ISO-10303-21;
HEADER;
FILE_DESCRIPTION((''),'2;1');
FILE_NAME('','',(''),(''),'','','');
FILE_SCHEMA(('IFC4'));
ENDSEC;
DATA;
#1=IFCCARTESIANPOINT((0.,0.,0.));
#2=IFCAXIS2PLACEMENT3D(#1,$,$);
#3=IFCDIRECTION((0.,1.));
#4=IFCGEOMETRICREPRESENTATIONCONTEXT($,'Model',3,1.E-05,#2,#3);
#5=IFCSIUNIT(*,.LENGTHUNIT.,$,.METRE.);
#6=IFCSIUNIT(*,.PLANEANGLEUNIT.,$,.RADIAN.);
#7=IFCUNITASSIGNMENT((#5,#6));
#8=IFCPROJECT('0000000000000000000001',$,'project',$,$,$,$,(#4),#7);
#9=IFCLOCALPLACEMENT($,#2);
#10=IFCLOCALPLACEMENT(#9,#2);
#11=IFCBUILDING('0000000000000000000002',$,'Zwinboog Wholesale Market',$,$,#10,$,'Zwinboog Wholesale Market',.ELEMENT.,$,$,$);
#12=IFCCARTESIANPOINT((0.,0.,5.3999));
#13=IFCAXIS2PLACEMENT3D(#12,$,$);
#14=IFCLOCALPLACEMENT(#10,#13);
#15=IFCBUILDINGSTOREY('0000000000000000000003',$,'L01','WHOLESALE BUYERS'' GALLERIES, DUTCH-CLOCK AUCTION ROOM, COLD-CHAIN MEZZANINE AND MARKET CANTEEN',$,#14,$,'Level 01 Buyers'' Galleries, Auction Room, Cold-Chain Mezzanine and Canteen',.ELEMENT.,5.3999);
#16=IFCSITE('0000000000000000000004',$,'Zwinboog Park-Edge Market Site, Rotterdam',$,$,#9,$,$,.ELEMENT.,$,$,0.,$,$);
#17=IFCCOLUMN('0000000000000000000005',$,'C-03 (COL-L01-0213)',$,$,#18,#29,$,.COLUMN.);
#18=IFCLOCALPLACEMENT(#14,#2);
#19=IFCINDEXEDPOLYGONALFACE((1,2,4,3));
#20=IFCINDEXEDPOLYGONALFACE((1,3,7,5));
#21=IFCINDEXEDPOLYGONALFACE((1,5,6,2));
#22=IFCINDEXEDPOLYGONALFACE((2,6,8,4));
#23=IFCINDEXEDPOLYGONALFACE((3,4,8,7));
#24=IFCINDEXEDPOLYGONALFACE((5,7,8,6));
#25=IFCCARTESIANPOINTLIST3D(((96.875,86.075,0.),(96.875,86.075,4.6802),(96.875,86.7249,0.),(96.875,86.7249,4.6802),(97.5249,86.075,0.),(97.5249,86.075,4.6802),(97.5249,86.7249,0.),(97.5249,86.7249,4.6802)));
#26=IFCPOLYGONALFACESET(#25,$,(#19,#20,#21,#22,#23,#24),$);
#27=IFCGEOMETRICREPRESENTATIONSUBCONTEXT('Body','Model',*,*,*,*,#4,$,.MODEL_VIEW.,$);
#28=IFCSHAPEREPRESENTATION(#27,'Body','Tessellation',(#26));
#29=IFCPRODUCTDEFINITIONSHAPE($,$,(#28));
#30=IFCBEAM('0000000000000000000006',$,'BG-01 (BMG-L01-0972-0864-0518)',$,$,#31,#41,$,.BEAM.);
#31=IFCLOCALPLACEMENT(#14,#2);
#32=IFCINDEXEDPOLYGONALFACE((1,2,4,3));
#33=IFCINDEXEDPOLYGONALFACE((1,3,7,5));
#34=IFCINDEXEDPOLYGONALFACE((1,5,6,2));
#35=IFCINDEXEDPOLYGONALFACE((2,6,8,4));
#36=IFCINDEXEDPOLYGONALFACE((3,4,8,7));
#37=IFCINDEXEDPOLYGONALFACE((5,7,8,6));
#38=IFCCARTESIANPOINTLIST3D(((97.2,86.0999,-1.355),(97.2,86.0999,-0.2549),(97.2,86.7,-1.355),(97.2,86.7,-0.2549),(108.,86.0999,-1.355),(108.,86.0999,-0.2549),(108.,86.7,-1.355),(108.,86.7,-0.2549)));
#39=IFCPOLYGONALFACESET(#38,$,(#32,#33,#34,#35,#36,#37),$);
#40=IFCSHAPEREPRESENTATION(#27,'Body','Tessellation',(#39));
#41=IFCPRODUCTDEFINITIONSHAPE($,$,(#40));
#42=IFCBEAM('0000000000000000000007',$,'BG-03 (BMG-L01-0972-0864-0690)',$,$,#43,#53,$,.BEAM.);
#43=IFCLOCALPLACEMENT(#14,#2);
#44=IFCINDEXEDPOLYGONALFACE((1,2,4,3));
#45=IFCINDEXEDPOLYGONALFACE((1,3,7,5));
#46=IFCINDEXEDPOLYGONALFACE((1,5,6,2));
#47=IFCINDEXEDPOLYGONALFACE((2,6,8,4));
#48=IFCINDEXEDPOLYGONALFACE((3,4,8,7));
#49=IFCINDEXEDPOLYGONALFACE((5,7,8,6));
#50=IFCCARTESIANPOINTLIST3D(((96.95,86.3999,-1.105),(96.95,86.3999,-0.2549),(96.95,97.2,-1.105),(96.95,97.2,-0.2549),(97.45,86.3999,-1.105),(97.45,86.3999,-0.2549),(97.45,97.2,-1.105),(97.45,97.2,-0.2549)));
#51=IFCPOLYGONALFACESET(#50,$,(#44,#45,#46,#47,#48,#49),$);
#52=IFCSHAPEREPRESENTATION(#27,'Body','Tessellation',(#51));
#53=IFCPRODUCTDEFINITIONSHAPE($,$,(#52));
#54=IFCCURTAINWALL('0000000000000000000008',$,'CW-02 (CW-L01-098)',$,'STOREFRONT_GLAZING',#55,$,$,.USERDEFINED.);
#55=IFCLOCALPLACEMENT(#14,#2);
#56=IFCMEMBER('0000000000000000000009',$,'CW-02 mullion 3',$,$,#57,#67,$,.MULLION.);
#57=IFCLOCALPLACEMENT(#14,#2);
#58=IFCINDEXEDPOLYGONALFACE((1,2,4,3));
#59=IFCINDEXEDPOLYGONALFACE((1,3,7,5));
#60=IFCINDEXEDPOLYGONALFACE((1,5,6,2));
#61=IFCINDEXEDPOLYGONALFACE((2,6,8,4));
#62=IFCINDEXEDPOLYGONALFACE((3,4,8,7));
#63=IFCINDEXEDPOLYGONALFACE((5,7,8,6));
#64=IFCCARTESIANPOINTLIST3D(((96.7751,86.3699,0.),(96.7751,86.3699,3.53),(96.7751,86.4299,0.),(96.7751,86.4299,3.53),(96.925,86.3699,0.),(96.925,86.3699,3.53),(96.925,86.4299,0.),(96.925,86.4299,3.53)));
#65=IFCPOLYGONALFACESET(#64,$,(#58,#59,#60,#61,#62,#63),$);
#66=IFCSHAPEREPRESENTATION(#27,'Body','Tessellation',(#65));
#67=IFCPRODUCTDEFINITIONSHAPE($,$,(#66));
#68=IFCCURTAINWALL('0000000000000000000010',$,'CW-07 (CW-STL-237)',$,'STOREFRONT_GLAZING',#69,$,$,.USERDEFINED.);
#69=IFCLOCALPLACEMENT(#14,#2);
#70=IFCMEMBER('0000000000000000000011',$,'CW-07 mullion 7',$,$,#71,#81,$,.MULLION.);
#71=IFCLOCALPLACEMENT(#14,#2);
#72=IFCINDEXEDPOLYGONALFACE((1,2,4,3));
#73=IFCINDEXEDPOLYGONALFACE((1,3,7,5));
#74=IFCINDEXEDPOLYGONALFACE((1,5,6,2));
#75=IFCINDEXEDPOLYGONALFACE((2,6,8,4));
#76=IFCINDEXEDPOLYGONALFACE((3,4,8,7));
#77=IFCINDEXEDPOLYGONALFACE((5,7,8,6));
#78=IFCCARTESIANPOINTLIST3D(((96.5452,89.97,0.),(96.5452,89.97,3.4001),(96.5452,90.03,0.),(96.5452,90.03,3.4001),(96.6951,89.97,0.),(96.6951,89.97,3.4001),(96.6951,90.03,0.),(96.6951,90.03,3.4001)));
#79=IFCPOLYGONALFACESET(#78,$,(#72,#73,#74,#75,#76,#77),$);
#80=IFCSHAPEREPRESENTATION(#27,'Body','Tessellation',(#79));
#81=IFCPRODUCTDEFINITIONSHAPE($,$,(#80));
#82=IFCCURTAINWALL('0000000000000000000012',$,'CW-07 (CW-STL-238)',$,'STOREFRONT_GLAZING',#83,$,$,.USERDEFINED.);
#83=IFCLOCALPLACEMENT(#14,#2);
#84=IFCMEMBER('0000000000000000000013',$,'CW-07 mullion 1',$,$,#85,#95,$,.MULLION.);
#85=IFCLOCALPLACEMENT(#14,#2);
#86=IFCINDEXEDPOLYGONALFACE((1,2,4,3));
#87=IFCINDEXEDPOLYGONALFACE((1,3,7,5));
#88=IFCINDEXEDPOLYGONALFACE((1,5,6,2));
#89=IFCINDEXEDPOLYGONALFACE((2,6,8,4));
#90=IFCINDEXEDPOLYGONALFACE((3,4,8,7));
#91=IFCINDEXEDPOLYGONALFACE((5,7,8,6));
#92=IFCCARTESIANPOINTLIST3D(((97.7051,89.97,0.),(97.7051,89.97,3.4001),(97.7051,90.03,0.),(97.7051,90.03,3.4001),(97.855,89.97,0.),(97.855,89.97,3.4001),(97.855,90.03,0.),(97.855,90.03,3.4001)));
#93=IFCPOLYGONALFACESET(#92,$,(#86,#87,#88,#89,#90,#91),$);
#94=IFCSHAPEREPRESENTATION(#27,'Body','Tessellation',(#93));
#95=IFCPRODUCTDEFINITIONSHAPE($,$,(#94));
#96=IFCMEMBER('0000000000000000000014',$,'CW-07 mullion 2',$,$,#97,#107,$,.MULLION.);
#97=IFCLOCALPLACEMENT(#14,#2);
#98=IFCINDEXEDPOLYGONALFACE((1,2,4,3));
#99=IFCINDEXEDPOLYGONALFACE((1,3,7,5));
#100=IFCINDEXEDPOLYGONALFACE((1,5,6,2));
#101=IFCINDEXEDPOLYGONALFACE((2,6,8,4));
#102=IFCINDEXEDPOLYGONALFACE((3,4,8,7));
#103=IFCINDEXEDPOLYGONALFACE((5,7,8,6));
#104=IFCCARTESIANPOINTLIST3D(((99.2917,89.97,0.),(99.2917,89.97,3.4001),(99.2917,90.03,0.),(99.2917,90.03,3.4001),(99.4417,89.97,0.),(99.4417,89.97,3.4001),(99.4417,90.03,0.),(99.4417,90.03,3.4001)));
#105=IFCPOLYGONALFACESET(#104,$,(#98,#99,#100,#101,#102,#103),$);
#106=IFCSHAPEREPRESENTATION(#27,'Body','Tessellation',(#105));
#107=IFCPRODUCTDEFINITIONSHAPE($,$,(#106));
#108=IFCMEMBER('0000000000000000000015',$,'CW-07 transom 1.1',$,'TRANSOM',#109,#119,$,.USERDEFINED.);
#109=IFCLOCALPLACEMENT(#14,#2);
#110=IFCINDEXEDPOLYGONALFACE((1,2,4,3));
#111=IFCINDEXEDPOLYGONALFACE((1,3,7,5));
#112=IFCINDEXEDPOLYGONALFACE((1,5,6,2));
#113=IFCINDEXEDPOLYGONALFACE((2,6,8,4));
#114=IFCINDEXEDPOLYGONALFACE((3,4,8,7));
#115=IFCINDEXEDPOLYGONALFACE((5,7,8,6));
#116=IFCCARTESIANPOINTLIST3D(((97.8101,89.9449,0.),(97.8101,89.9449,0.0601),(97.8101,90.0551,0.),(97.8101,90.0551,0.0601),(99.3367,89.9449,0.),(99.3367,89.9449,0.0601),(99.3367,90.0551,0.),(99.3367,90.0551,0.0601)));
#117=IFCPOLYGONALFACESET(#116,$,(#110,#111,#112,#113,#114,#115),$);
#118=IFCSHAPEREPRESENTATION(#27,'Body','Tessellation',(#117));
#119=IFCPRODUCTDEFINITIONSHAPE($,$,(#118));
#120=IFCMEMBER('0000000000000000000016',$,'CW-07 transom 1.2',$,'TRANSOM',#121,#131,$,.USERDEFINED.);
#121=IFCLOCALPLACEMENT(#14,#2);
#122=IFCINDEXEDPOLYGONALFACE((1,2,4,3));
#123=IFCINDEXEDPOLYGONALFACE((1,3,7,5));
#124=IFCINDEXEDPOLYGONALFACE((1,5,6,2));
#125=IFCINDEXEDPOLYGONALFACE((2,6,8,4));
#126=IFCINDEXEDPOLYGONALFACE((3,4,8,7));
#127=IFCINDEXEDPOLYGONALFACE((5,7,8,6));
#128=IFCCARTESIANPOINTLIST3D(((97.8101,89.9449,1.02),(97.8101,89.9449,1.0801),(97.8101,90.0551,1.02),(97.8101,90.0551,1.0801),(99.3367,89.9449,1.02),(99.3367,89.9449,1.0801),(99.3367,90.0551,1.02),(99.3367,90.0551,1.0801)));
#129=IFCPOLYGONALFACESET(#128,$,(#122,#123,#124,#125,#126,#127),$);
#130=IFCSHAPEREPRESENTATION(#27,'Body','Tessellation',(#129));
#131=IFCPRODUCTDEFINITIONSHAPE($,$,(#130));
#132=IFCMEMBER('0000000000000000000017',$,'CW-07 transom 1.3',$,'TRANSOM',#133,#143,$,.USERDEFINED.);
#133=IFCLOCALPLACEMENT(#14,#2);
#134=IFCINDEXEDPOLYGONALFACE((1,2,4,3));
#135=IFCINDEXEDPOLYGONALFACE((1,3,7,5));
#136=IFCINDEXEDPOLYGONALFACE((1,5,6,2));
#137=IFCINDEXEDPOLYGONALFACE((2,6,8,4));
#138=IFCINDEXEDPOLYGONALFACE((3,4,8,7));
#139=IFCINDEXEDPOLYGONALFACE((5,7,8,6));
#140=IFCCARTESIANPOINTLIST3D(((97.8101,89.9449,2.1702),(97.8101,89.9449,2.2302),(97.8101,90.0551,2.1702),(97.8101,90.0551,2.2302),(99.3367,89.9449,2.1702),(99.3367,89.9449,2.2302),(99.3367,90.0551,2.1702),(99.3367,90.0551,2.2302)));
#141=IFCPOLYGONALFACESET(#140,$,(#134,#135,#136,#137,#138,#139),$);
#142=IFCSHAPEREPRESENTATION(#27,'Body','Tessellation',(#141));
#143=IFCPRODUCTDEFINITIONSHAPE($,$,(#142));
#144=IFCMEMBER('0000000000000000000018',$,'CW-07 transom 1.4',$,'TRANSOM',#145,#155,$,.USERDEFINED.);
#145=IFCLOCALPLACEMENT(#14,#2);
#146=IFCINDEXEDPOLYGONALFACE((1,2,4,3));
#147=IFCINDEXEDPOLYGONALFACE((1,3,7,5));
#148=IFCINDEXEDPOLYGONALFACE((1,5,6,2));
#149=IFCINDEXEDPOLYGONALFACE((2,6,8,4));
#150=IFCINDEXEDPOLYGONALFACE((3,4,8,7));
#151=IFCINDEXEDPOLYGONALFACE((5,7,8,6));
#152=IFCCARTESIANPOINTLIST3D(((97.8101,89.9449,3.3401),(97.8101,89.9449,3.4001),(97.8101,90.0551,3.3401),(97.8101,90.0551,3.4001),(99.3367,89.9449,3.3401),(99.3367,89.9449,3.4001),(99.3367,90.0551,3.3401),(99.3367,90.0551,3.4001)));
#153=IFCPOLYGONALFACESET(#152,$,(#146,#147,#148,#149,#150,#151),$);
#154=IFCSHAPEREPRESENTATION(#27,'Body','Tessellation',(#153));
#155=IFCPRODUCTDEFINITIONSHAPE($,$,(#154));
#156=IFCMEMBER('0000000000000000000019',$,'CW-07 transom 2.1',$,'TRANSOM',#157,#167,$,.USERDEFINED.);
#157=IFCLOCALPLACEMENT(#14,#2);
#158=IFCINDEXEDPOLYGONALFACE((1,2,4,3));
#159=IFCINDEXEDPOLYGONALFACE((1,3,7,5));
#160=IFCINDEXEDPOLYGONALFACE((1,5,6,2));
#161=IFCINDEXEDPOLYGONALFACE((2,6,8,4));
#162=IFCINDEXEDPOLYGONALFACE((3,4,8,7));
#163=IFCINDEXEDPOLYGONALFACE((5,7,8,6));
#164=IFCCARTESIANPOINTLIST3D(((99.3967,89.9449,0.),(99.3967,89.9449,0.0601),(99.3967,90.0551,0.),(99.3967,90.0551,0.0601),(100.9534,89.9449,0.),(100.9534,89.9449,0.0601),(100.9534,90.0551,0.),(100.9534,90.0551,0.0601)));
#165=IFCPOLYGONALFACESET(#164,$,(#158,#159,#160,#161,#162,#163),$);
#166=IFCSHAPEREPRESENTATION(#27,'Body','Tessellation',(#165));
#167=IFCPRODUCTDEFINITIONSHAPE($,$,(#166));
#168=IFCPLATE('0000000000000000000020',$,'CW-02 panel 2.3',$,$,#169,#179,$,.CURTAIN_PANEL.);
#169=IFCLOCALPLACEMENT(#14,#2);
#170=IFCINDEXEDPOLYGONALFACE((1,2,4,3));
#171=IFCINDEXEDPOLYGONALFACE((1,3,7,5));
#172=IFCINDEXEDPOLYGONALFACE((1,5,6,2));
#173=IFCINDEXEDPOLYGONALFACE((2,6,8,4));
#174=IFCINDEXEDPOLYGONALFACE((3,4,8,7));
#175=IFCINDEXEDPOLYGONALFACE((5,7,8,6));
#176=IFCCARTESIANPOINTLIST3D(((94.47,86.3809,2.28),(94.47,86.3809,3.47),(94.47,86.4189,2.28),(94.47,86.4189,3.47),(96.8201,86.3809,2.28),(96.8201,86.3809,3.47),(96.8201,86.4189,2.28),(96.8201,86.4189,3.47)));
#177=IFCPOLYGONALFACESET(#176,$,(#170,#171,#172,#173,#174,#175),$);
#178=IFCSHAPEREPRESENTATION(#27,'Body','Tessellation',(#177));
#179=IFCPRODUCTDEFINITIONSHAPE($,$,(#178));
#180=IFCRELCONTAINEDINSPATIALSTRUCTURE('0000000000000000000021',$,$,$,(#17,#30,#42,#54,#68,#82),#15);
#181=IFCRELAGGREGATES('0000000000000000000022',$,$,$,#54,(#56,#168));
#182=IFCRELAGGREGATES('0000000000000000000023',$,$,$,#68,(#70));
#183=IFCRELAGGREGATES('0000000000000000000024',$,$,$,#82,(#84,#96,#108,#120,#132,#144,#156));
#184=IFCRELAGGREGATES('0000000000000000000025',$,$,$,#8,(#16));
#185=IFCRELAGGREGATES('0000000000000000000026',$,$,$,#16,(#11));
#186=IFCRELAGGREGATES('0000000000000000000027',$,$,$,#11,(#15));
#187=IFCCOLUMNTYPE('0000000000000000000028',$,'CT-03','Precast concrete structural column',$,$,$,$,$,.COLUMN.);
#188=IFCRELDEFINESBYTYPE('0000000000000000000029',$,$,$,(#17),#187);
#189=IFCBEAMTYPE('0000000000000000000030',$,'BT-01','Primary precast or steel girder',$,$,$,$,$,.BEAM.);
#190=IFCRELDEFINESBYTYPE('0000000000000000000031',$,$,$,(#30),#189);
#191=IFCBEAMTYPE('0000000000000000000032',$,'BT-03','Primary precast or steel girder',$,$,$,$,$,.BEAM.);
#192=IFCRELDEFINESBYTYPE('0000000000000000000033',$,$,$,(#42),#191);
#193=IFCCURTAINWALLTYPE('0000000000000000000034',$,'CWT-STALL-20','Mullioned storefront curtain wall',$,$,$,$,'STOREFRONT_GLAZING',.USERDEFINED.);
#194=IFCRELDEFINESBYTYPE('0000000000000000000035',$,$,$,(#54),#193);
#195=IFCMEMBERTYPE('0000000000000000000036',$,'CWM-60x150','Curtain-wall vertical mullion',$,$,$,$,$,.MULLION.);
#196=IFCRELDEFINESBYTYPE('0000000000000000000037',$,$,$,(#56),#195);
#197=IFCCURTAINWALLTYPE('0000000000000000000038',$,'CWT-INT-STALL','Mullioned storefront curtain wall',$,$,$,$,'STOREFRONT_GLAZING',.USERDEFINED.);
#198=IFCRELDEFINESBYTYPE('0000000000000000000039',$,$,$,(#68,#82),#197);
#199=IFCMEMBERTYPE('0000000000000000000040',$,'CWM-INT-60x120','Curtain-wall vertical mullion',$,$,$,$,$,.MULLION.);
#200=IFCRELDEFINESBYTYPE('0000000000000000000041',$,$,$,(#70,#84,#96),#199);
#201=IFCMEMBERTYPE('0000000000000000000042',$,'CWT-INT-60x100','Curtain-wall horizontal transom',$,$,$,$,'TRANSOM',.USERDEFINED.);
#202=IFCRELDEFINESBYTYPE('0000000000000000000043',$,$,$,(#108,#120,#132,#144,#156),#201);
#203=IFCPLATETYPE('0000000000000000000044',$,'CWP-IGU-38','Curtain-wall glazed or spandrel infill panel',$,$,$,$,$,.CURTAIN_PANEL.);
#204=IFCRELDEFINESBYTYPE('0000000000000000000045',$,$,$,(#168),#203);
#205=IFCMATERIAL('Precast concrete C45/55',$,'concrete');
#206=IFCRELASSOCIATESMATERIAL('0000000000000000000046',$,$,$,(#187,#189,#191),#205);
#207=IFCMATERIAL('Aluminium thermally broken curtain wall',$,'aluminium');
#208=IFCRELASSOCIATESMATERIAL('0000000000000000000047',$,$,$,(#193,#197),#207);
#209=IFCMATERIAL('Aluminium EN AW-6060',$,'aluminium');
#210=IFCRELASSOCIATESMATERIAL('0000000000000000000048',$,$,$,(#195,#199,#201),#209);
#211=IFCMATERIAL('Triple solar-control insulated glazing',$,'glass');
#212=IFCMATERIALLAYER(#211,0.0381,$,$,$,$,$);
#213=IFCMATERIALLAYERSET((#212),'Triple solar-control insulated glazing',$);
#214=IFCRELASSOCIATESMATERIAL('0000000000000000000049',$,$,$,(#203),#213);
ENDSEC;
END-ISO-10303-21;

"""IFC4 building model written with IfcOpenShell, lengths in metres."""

from ifc_helpers import new_model, si_unit, direction, frame, origin, origin_2d, place, context, subcontext, project, spatial, rectangle, extrude, material, layer, layer_set, material_profile, profile_set, type_object, element, aggregate, save


model = new_model("IFC4")

# Units and contexts
model_context = context("Model", 3, precision=1e-05, world=origin(), true_north=direction((0.0, 1.0)))
body_context = subcontext(model_context, "Body", "Model", "MODEL_VIEW")
ifc_project = project(units=[si_unit("LENGTHUNIT", "METRE"), si_unit("PLANEANGLEUNIT", "RADIAN")], contexts=[model_context])

# Site, building, storey
site_placement = place(None, origin())
site = spatial("IfcSite", under=ifc_project, at=site_placement, Name="Zwinboog Park-Edge Market Site, Rotterdam", CompositionType="ELEMENT", RefElevation=0.0)
building_placement = place(site_placement, origin())
building = spatial("IfcBuilding", under=site, at=building_placement, Name="Zwinboog Wholesale Market", LongName="Zwinboog Wholesale Market", CompositionType="ELEMENT")
storey_placement = place(building_placement, frame((0.0, 0.0, 5.3999)))
storey = spatial("IfcBuildingStorey", under=building, at=storey_placement, Name="L01", Description="WHOLESALE BUYERS' GALLERIES, DUTCH-CLOCK AUCTION ROOM, COLD-CHAIN MEZZANINE AND MARKET CANTEEN", LongName="Level 01 Buyers' Galleries, Auction Room, Cold-Chain Mezzanine and Canteen", CompositionType="ELEMENT", Elevation=5.3999)

# Column
ifc_material_1 = material(Name="Precast concrete C45/55", Category="concrete")
ifc_material_profile_1 = material_profile(ifc_material_1, rectangle(XDim=0.6499, YDim=0.6499, at=origin_2d()), Name="PC 650x650")
ifc_profile_set_1 = profile_set([ifc_material_profile_1], Name="Precast concrete C45/55")
column_type = type_object("IfcColumnType", Name="CT-03", Description="Precast concrete structural column", PredefinedType="COLUMN", material=ifc_profile_set_1)
column_placement = place(storey_placement, frame((97.2, 86.3999, 0.0), z_axis=(0.0, 0.0, 1.0), x_axis=(1.0, 0.0, 0.0)))
element("IfcColumn", 1, at=column_placement, inside=storey, type_object=column_type, Name="C-03 (COL-L01-0213)", PredefinedType="COLUMN", context=body_context, shape_type="SweptSolid", body=[
    extrude(rectangle(XDim=0.6499, YDim=0.6499, at=origin_2d()), origin(), (0.0, 0.0, 1.0), 4.6802),
])

# Beams
ifc_material_profile_2 = material_profile(ifc_material_1, rectangle(XDim=0.6001, YDim=1.1001, at=origin_2d()), Name="PC 600x1100")
ifc_profile_set_2 = profile_set([ifc_material_profile_2], Name="Precast concrete C45/55")
beam_type_1 = type_object("IfcBeamType", Name="BT-01", Description="Primary precast or steel girder", PredefinedType="BEAM", material=ifc_profile_set_2)
beam_1_placement = place(storey_placement, frame((97.2, 86.3999, -0.8049), z_axis=(1.0, 0.0, 0.0), x_axis=(0.0, 1.0, 0.0)))
element("IfcBeam", 2, at=beam_1_placement, inside=storey, type_object=beam_type_1, Name="BG-01 (BMG-L01-0972-0864-0518)", PredefinedType="BEAM", context=body_context, shape_type="SweptSolid", body=[
    extrude(rectangle(XDim=0.6001, YDim=1.1001, at=origin_2d()), origin(), (0.0, 0.0, 1.0), 10.8),
])
ifc_material_profile_3 = material_profile(ifc_material_1, rectangle(XDim=0.5, YDim=0.8501, at=origin_2d()), Name="PC 500x850")
ifc_profile_set_3 = profile_set([ifc_material_profile_3], Name="Precast concrete C45/55")
beam_type_2 = type_object("IfcBeamType", Name="BT-03", Description="Primary precast or steel girder", PredefinedType="BEAM", material=ifc_profile_set_3)
beam_2_placement = place(storey_placement, frame((97.2, 86.3999, -0.6799), z_axis=(0.0, 1.0, 0.0), x_axis=(-1.0, 0.0, 0.0)))
element("IfcBeam", 3, at=beam_2_placement, inside=storey, type_object=beam_type_2, Name="BG-03 (BMG-L01-0972-0864-0690)", PredefinedType="BEAM", context=body_context, shape_type="SweptSolid", body=[
    extrude(rectangle(XDim=0.5, YDim=0.8501, at=origin_2d()), origin(), (0.0, 0.0, 1.0), 10.8),
])

# Curtain walls, members
ifc_material_2 = material(Name="Aluminium thermally broken curtain wall", Category="aluminium")
curtain_wall_type_1 = type_object("IfcCurtainWallType", Name="CWT-STALL-20", Description="Mullioned storefront curtain wall", ElementType="STOREFRONT_GLAZING", PredefinedType="USERDEFINED", material=ifc_material_2)
curtain_wall_1_placement = place(storey_placement, origin())
curtain_wall_1 = element("IfcCurtainWall", 4, at=curtain_wall_1_placement, inside=storey, type_object=curtain_wall_type_1, Name="CW-02 (CW-L01-098)", ObjectType="STOREFRONT_GLAZING", PredefinedType="USERDEFINED")
ifc_material_3 = material(Name="Aluminium EN AW-6060", Category="aluminium")
ifc_material_profile_4 = material_profile(ifc_material_3, rectangle(XDim=0.0601, YDim=0.1499, at=origin_2d()), Name="AL 60x150")
ifc_profile_set_4 = profile_set([ifc_material_profile_4], Name="Aluminium EN AW-6060")
member_type_1 = type_object("IfcMemberType", Name="CWM-60x150", Description="Curtain-wall vertical mullion", PredefinedType="MULLION", material=ifc_profile_set_4)
member_1_placement = place(storey_placement, frame((96.8501, 86.3999, 0.0), z_axis=(0.0, 0.0, 1.0), x_axis=(0.0, 1.0, 0.0)))
member_1 = element("IfcMember", 5, at=member_1_placement, type_object=member_type_1, Name="CW-02 mullion 3", PredefinedType="MULLION", context=body_context, shape_type="SweptSolid", body=[
    extrude(rectangle(XDim=0.0601, YDim=0.1499, at=origin_2d()), origin(), (0.0, 0.0, 1.0), 3.53),
])
curtain_wall_type_2 = type_object("IfcCurtainWallType", Name="CWT-INT-STALL", Description="Mullioned storefront curtain wall", ElementType="STOREFRONT_GLAZING", PredefinedType="USERDEFINED", material=ifc_material_2)
curtain_wall_2_placement = place(storey_placement, origin())
curtain_wall_2 = element("IfcCurtainWall", 6, at=curtain_wall_2_placement, inside=storey, type_object=curtain_wall_type_2, Name="CW-07 (CW-STL-237)", ObjectType="STOREFRONT_GLAZING", PredefinedType="USERDEFINED")
ifc_material_profile_5 = material_profile(ifc_material_3, rectangle(XDim=0.0601, YDim=0.1499, at=origin_2d()), Name="AL 60x150")
ifc_profile_set_5 = profile_set([ifc_material_profile_5], Name="Aluminium EN AW-6060")
member_type_2 = type_object("IfcMemberType", Name="CWM-INT-60x120", Description="Curtain-wall vertical mullion", PredefinedType="MULLION", material=ifc_profile_set_5)
member_2_placement = place(storey_placement, frame((96.6201, 90.0, 0.0), z_axis=(0.0, 0.0, 1.0), x_axis=(0.0, 1.0, 0.0)))
member_2 = element("IfcMember", 7, at=member_2_placement, type_object=member_type_2, Name="CW-07 mullion 7", PredefinedType="MULLION", context=body_context, shape_type="SweptSolid", body=[
    extrude(rectangle(XDim=0.0601, YDim=0.1499, at=origin_2d()), origin(), (0.0, 0.0, 1.0), 3.4001),
])

# Curtain wall, members
curtain_wall_3_placement = place(storey_placement, origin())
curtain_wall_3 = element("IfcCurtainWall", 8, at=curtain_wall_3_placement, inside=storey, type_object=curtain_wall_type_2, Name="CW-07 (CW-STL-238)", ObjectType="STOREFRONT_GLAZING", PredefinedType="USERDEFINED")
member_3_placement = place(storey_placement, frame((97.78, 90.0, 0.0), z_axis=(0.0, 0.0, 1.0), x_axis=(0.0, 1.0, 0.0)))
member_3 = element("IfcMember", 9, at=member_3_placement, type_object=member_type_2, Name="CW-07 mullion 1", PredefinedType="MULLION", context=body_context, shape_type="SweptSolid", body=[
    extrude(rectangle(XDim=0.0601, YDim=0.1499, at=origin_2d()), origin(), (0.0, 0.0, 1.0), 3.4001),
])
member_4_placement = place(storey_placement, frame((99.3667, 90.0, 0.0), z_axis=(0.0, 0.0, 1.0), x_axis=(0.0, 1.0, 0.0)))
member_4 = element("IfcMember", 10, at=member_4_placement, type_object=member_type_2, Name="CW-07 mullion 2", PredefinedType="MULLION", context=body_context, shape_type="SweptSolid", body=[
    extrude(rectangle(XDim=0.0601, YDim=0.1499, at=origin_2d()), origin(), (0.0, 0.0, 1.0), 3.4001),
])
ifc_material_profile_6 = material_profile(ifc_material_3, rectangle(XDim=0.1101, YDim=0.0601, at=origin_2d()), Name="AL 60x110")
ifc_profile_set_6 = profile_set([ifc_material_profile_6], Name="Aluminium EN AW-6060")
member_type_3 = type_object("IfcMemberType", Name="CWT-INT-60x100", Description="Curtain-wall horizontal transom", ElementType="TRANSOM", PredefinedType="USERDEFINED", material=ifc_profile_set_6)
member_5_placement = place(storey_placement, frame((97.8101, 90.0, 0.03), z_axis=(1.0, 0.0, 0.0), x_axis=(0.0, 1.0, 0.0)))
member_5 = element("IfcMember", 11, at=member_5_placement, type_object=member_type_3, Name="CW-07 transom 1.1", ObjectType="TRANSOM", PredefinedType="USERDEFINED", context=body_context, shape_type="SweptSolid", body=[
    extrude(rectangle(XDim=0.1101, YDim=0.0601, at=origin_2d()), origin(), (0.0, 0.0, 1.0), 1.5266),
])
member_6_placement = place(storey_placement, frame((97.8101, 90.0, 1.05), z_axis=(1.0, 0.0, 0.0), x_axis=(0.0, 1.0, 0.0)))
member_6 = element("IfcMember", 12, at=member_6_placement, type_object=member_type_3, Name="CW-07 transom 1.2", ObjectType="TRANSOM", PredefinedType="USERDEFINED", context=body_context, shape_type="SweptSolid", body=[
    extrude(rectangle(XDim=0.1101, YDim=0.0601, at=origin_2d()), origin(), (0.0, 0.0, 1.0), 1.5266),
])
member_7_placement = place(storey_placement, frame((97.8101, 90.0, 2.2002), z_axis=(1.0, 0.0, 0.0), x_axis=(0.0, 1.0, 0.0)))
member_7 = element("IfcMember", 13, at=member_7_placement, type_object=member_type_3, Name="CW-07 transom 1.3", ObjectType="TRANSOM", PredefinedType="USERDEFINED", context=body_context, shape_type="SweptSolid", body=[
    extrude(rectangle(XDim=0.1101, YDim=0.0601, at=origin_2d()), origin(), (0.0, 0.0, 1.0), 1.5266),
])
member_8_placement = place(storey_placement, frame((97.8101, 90.0, 3.3701), z_axis=(1.0, 0.0, 0.0), x_axis=(0.0, 1.0, 0.0)))
member_8 = element("IfcMember", 14, at=member_8_placement, type_object=member_type_3, Name="CW-07 transom 1.4", ObjectType="TRANSOM", PredefinedType="USERDEFINED", context=body_context, shape_type="SweptSolid", body=[
    extrude(rectangle(XDim=0.1101, YDim=0.0601, at=origin_2d()), origin(), (0.0, 0.0, 1.0), 1.5266),
])
member_9_placement = place(storey_placement, frame((99.3967, 90.0, 0.03), z_axis=(1.0, 0.0, 0.0), x_axis=(0.0, 1.0, 0.0)))
member_9 = element("IfcMember", 15, at=member_9_placement, type_object=member_type_3, Name="CW-07 transom 2.1", ObjectType="TRANSOM", PredefinedType="USERDEFINED", context=body_context, shape_type="SweptSolid", body=[
    extrude(rectangle(XDim=0.1101, YDim=0.0601, at=origin_2d()), origin(), (0.0, 0.0, 1.0), 1.5566),
])

# Plate
ifc_material_4 = material(Name="Triple solar-control insulated glazing", Category="glass")
ifc_layer_1 = layer(ifc_material_4, 0.0381)
ifc_layer_set_1 = layer_set([ifc_layer_1], Name="Triple solar-control insulated glazing")
plate_type_1 = type_object("IfcPlateType", Name="CWP-IGU-38", Description="Curtain-wall glazed or spandrel infill panel", PredefinedType="CURTAIN_PANEL", material=ifc_layer_set_1)
plate_1_placement = place(storey_placement, frame((95.645, 86.3999, 2.28), z_axis=(0.0, 0.0, 1.0), x_axis=(1.0, 0.0, 0.0)))
plate_1 = element("IfcPlate", 16, at=plate_1_placement, type_object=plate_type_1, Name="CW-02 panel 2.3", PredefinedType="CURTAIN_PANEL", context=body_context, shape_type="SweptSolid", body=[
    extrude(rectangle(XDim=2.3501, YDim=0.0381, at=origin_2d()), origin(), (0.0, 0.0, 1.0), 1.1899),
])
aggregate(curtain_wall_1, [member_1, plate_1])
aggregate(curtain_wall_2, [member_2])
aggregate(curtain_wall_3, [member_3, member_4, member_5, member_6, member_7, member_8, member_9])

save(model, "model.ifc")
